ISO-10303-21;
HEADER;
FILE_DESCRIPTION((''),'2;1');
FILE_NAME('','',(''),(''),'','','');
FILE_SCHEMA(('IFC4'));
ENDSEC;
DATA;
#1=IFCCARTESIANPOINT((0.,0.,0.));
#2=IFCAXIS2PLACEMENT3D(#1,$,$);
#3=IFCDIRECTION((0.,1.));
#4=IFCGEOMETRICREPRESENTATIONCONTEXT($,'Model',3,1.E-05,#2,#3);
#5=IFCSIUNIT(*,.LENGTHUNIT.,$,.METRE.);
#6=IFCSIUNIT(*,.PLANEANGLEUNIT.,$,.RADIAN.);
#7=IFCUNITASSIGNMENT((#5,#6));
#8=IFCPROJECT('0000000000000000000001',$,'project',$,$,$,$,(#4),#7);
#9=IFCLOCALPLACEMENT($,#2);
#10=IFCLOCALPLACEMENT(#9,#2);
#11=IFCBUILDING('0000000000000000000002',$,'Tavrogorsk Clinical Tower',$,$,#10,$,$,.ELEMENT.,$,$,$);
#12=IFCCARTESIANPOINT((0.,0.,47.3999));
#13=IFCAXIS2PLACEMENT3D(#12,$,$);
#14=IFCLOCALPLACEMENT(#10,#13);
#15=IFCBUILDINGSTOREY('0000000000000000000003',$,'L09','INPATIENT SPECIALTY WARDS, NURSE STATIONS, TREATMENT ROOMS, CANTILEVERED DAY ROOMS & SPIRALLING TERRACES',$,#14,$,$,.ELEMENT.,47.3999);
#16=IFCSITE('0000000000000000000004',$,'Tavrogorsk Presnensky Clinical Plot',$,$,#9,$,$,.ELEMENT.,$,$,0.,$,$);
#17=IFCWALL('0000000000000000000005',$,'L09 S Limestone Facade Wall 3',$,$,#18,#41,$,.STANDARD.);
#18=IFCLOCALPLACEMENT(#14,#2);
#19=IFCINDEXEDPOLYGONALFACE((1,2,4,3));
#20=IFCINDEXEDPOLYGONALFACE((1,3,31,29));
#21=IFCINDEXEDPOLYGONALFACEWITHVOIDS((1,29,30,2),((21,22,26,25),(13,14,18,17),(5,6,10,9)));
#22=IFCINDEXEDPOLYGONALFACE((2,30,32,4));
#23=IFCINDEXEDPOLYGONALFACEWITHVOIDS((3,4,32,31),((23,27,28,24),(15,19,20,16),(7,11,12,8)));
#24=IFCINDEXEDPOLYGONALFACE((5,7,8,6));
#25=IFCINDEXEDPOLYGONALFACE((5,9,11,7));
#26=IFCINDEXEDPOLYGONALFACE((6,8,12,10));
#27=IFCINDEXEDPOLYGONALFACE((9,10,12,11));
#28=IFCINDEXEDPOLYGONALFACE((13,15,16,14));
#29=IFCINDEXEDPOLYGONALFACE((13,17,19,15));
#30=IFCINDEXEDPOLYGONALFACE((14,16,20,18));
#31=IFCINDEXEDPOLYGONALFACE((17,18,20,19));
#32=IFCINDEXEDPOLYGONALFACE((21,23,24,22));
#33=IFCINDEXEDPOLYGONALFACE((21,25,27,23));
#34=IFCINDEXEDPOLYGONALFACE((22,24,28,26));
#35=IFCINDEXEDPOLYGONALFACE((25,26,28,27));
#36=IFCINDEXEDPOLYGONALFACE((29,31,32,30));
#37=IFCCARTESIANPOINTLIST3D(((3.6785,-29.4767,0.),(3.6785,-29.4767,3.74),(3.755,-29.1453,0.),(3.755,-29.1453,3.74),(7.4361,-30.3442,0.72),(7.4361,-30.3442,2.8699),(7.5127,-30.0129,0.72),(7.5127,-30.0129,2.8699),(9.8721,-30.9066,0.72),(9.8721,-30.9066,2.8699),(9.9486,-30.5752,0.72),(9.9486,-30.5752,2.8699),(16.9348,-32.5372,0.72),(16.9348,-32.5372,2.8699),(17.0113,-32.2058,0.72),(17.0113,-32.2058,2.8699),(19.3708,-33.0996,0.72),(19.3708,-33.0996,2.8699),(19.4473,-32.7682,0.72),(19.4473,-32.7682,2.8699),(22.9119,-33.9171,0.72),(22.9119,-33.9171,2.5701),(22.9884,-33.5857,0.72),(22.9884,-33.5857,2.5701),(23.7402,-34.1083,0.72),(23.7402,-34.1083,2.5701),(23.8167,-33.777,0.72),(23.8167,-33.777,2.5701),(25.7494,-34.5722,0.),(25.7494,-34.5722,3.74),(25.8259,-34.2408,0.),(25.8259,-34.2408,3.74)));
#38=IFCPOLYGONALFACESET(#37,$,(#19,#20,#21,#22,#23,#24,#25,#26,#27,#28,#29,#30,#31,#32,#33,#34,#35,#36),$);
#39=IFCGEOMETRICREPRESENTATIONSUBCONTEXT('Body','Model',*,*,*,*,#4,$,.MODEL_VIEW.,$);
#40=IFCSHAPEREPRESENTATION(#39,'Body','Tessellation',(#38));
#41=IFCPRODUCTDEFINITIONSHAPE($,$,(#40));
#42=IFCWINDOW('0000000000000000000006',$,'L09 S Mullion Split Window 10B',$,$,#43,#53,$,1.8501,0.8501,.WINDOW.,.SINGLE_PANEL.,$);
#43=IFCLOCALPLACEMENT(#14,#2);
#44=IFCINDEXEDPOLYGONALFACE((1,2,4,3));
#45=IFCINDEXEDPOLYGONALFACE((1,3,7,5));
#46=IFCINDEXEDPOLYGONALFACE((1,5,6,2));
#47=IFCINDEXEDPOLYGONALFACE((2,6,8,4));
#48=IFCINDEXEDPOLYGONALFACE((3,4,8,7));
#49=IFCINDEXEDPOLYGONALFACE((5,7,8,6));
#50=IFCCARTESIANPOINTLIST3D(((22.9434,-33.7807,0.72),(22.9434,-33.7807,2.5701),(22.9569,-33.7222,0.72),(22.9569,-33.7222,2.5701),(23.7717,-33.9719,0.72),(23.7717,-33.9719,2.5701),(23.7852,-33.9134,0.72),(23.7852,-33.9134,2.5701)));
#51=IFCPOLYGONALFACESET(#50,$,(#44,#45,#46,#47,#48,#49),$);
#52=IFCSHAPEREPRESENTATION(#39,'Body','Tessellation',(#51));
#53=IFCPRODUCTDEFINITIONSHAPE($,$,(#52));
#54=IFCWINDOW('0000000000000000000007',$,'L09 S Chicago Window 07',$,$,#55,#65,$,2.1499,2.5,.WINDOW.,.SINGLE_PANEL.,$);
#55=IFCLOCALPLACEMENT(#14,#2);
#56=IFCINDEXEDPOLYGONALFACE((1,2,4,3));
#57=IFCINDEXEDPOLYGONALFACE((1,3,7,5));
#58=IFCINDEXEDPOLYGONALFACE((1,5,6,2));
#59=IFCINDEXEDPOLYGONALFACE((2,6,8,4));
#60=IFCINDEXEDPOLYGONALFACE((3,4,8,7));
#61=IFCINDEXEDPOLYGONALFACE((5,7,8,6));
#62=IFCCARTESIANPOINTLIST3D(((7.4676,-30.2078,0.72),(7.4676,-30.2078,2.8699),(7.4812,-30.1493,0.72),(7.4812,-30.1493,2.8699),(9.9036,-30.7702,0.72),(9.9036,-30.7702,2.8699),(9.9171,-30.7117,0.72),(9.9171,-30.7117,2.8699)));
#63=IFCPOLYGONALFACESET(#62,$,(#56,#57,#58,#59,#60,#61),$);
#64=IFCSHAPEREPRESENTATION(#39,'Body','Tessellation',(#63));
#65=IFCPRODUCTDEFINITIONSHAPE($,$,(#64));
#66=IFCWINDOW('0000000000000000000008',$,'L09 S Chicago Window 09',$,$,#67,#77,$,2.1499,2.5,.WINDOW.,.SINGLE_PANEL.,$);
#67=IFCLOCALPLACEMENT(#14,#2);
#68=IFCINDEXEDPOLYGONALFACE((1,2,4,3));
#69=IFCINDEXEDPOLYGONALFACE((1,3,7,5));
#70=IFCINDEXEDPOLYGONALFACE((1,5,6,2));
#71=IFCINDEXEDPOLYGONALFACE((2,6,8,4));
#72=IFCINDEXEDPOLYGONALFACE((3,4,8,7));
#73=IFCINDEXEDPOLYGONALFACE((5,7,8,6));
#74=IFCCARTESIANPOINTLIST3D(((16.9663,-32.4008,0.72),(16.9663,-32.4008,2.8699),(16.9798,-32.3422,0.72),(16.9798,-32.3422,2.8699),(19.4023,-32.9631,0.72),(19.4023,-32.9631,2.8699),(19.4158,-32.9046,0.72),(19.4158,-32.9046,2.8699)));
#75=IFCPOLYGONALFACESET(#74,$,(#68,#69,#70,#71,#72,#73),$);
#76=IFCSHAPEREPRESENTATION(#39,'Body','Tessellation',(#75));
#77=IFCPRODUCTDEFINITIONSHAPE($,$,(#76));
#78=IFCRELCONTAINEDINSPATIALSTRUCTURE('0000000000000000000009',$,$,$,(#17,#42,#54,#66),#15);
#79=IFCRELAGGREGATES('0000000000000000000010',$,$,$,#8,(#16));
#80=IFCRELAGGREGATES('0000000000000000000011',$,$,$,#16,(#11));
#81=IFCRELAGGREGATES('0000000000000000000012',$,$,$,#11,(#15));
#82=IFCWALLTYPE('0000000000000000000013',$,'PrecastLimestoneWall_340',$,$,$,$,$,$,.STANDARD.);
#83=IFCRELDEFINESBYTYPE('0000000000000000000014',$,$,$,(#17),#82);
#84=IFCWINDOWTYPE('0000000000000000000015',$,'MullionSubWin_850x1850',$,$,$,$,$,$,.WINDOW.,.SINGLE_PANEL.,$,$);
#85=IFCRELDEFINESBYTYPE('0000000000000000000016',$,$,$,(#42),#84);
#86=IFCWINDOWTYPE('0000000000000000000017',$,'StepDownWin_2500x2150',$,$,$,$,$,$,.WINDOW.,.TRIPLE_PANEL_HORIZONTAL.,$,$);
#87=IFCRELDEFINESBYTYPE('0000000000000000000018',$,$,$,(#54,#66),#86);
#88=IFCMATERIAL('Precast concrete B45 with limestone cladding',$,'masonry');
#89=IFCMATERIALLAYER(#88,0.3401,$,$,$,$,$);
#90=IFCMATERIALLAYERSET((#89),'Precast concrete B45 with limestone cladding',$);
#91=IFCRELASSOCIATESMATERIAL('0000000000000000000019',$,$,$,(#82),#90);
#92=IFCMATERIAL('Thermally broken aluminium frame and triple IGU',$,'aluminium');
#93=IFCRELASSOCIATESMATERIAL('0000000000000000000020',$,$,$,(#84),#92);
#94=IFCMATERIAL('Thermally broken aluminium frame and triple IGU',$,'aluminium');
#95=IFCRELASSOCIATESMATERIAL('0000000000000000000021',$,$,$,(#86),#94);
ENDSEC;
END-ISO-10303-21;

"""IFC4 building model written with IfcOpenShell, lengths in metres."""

from ifc_helpers import new_model, si_unit, direction, frame, frame_2d, origin, place, context, subcontext, project, spatial, rectangle, extrude, material, layer, layer_set, type_object, element, fill, save


model = new_model("IFC4")

# Units and contexts
model_context = context("Model", 3, precision=1e-05, world=origin(), true_north=direction((0.0, 1.0)))
body_context = subcontext(model_context, "Body", "Model", "MODEL_VIEW")
ifc_project = project(units=[si_unit("LENGTHUNIT", "METRE"), si_unit("PLANEANGLEUNIT", "RADIAN")], contexts=[model_context])

# Site, building, storey
site_placement = place(None, origin())
site = spatial("IfcSite", under=ifc_project, at=site_placement, Name="Tavrogorsk Presnensky Clinical Plot", CompositionType="ELEMENT", RefElevation=0.0)
building_placement = place(site_placement, origin())
building = spatial("IfcBuilding", under=site, at=building_placement, Name="Tavrogorsk Clinical Tower", CompositionType="ELEMENT")
storey_placement = place(building_placement, frame((0.0, 0.0, 47.3999)))
storey = spatial("IfcBuildingStorey", under=building, at=storey_placement, Name="L09", Description="INPATIENT SPECIALTY WARDS, NURSE STATIONS, TREATMENT ROOMS, CANTILEVERED DAY ROOMS & SPIRALLING TERRACES", CompositionType="ELEMENT", Elevation=47.3999)

# Wall, openings, windows
ifc_material_1 = material(Name="Precast concrete B45 with limestone cladding", Category="masonry")
ifc_layer_1 = layer(ifc_material_1, 0.3401)
ifc_layer_set_1 = layer_set([ifc_layer_1], Name="Precast concrete B45 with limestone cladding")
wall_type_1 = type_object("IfcWallType", Name="PrecastLimestoneWall_340", PredefinedType="STANDARD", material=ifc_layer_set_1)
wall_1_placement = place(storey_placement, frame((3.7168, -29.311, 0.0), z_axis=(0.0, 0.0, 1.0), x_axis=(0.97437, -0.224952, 0.0)))
wall_1 = element("IfcWall", 1, at=wall_1_placement, inside=storey, type_object=wall_type_1, Name="L09 S Limestone Facade Wall 3", PredefinedType="STANDARD", context=body_context, shape_type="SweptSolid", body=[
    extrude(rectangle(XDim=22.6514, YDim=0.3401, at=frame_2d((11.3257, 0.0))), origin(), (0.0, 0.0, 1.0), 3.74),
])
opening_1_placement = place(wall_1_placement, frame((3.8564, 0.0, 0.72)))
opening_1 = element("IfcOpeningElement", 2, at=opening_1_placement, cuts=wall_1, PredefinedType="OPENING", context=body_context, shape_type="SweptSolid", body=[
    extrude(rectangle(XDim=2.5, YDim=2.1499, at=frame_2d((1.25, 1.075))), frame((0.0, 0.1799, 0.0), z_axis=(0.0, -1.0, 0.0), x_axis=(1.0, 0.0, 0.0)), (0.0, 0.0, 1.0), 0.3601),
])
opening_2_placement = place(wall_1_placement, frame((13.605, 0.0, 0.72)))
opening_2 = element("IfcOpeningElement", 3, at=opening_2_placement, cuts=wall_1, PredefinedType="OPENING", context=body_context, shape_type="SweptSolid", body=[
    extrude(rectangle(XDim=2.5, YDim=2.1499, at=frame_2d((1.25, 1.075))), frame((0.0, 0.1799, 0.0), z_axis=(0.0, -1.0, 0.0), x_axis=(1.0, 0.0, 0.0)), (0.0, 0.0, 1.0), 0.3601),
])
opening_3_placement = place(wall_1_placement, frame((19.7393, 0.0, 0.72)))
opening_3 = element("IfcOpeningElement", 4, at=opening_3_placement, cuts=wall_1, PredefinedType="OPENING", context=body_context, shape_type="SweptSolid", body=[
    extrude(rectangle(XDim=0.8501, YDim=1.8501, at=frame_2d((0.425, 0.925))), frame((0.0, 0.1799, 0.0), z_axis=(0.0, -1.0, 0.0), x_axis=(1.0, 0.0, 0.0)), (0.0, 0.0, 1.0), 0.3601),
])
ifc_material_2 = material(Name="Thermally broken aluminium frame and triple IGU", Category="aluminium")
window_type_1 = type_object("IfcWindowType", Name="MullionSubWin_850x1850", PartitioningType="SINGLE_PANEL", PredefinedType="WINDOW", material=ifc_material_2)
window_1_placement = place(opening_3_placement, origin())
window_1 = element("IfcWindow", 5, at=window_1_placement, inside=storey, type_object=window_type_1, Name="L09 S Mullion Split Window 10B", OverallHeight=1.8501, OverallWidth=0.8501, PartitioningType="SINGLE_PANEL", PredefinedType="WINDOW", context=body_context, shape_type="SweptSolid", body=[
    extrude(rectangle(XDim=0.8501, YDim=1.8501, at=frame_2d((0.425, 0.925))), frame((0.0, 0.03, 0.0), z_axis=(0.0, -1.0, 0.0), x_axis=(1.0, 0.0, 0.0)), (0.0, 0.0, 1.0), 0.0601),
])
fill(opening_3, window_1)
ifc_material_3 = material(Name="Thermally broken aluminium frame and triple IGU", Category="aluminium")
window_type_2 = type_object("IfcWindowType", Name="StepDownWin_2500x2150", PartitioningType="TRIPLE_PANEL_HORIZONTAL", PredefinedType="WINDOW", material=ifc_material_3)
window_2_placement = place(opening_1_placement, origin())
window_2 = element("IfcWindow", 6, at=window_2_placement, inside=storey, type_object=window_type_2, Name="L09 S Chicago Window 07", OverallHeight=2.1499, OverallWidth=2.5, PartitioningType="SINGLE_PANEL", PredefinedType="WINDOW", context=body_context, shape_type="SweptSolid", body=[
    extrude(rectangle(XDim=2.5, YDim=2.1499, at=frame_2d((1.25, 1.075))), frame((0.0, 0.03, 0.0), z_axis=(0.0, -1.0, 0.0), x_axis=(1.0, 0.0, 0.0)), (0.0, 0.0, 1.0), 0.0601),
])
fill(opening_1, window_2)
window_3_placement = place(opening_2_placement, origin())
window_3 = element("IfcWindow", 7, at=window_3_placement, inside=storey, type_object=window_type_2, Name="L09 S Chicago Window 09", OverallHeight=2.1499, OverallWidth=2.5, PartitioningType="SINGLE_PANEL", PredefinedType="WINDOW", context=body_context, shape_type="SweptSolid", body=[
    extrude(rectangle(XDim=2.5, YDim=2.1499, at=frame_2d((1.25, 1.075))), frame((0.0, 0.03, 0.0), z_axis=(0.0, -1.0, 0.0), x_axis=(1.0, 0.0, 0.0)), (0.0, 0.0, 1.0), 0.0601),
])
fill(opening_2, window_3)

save(model, "model.ifc")
